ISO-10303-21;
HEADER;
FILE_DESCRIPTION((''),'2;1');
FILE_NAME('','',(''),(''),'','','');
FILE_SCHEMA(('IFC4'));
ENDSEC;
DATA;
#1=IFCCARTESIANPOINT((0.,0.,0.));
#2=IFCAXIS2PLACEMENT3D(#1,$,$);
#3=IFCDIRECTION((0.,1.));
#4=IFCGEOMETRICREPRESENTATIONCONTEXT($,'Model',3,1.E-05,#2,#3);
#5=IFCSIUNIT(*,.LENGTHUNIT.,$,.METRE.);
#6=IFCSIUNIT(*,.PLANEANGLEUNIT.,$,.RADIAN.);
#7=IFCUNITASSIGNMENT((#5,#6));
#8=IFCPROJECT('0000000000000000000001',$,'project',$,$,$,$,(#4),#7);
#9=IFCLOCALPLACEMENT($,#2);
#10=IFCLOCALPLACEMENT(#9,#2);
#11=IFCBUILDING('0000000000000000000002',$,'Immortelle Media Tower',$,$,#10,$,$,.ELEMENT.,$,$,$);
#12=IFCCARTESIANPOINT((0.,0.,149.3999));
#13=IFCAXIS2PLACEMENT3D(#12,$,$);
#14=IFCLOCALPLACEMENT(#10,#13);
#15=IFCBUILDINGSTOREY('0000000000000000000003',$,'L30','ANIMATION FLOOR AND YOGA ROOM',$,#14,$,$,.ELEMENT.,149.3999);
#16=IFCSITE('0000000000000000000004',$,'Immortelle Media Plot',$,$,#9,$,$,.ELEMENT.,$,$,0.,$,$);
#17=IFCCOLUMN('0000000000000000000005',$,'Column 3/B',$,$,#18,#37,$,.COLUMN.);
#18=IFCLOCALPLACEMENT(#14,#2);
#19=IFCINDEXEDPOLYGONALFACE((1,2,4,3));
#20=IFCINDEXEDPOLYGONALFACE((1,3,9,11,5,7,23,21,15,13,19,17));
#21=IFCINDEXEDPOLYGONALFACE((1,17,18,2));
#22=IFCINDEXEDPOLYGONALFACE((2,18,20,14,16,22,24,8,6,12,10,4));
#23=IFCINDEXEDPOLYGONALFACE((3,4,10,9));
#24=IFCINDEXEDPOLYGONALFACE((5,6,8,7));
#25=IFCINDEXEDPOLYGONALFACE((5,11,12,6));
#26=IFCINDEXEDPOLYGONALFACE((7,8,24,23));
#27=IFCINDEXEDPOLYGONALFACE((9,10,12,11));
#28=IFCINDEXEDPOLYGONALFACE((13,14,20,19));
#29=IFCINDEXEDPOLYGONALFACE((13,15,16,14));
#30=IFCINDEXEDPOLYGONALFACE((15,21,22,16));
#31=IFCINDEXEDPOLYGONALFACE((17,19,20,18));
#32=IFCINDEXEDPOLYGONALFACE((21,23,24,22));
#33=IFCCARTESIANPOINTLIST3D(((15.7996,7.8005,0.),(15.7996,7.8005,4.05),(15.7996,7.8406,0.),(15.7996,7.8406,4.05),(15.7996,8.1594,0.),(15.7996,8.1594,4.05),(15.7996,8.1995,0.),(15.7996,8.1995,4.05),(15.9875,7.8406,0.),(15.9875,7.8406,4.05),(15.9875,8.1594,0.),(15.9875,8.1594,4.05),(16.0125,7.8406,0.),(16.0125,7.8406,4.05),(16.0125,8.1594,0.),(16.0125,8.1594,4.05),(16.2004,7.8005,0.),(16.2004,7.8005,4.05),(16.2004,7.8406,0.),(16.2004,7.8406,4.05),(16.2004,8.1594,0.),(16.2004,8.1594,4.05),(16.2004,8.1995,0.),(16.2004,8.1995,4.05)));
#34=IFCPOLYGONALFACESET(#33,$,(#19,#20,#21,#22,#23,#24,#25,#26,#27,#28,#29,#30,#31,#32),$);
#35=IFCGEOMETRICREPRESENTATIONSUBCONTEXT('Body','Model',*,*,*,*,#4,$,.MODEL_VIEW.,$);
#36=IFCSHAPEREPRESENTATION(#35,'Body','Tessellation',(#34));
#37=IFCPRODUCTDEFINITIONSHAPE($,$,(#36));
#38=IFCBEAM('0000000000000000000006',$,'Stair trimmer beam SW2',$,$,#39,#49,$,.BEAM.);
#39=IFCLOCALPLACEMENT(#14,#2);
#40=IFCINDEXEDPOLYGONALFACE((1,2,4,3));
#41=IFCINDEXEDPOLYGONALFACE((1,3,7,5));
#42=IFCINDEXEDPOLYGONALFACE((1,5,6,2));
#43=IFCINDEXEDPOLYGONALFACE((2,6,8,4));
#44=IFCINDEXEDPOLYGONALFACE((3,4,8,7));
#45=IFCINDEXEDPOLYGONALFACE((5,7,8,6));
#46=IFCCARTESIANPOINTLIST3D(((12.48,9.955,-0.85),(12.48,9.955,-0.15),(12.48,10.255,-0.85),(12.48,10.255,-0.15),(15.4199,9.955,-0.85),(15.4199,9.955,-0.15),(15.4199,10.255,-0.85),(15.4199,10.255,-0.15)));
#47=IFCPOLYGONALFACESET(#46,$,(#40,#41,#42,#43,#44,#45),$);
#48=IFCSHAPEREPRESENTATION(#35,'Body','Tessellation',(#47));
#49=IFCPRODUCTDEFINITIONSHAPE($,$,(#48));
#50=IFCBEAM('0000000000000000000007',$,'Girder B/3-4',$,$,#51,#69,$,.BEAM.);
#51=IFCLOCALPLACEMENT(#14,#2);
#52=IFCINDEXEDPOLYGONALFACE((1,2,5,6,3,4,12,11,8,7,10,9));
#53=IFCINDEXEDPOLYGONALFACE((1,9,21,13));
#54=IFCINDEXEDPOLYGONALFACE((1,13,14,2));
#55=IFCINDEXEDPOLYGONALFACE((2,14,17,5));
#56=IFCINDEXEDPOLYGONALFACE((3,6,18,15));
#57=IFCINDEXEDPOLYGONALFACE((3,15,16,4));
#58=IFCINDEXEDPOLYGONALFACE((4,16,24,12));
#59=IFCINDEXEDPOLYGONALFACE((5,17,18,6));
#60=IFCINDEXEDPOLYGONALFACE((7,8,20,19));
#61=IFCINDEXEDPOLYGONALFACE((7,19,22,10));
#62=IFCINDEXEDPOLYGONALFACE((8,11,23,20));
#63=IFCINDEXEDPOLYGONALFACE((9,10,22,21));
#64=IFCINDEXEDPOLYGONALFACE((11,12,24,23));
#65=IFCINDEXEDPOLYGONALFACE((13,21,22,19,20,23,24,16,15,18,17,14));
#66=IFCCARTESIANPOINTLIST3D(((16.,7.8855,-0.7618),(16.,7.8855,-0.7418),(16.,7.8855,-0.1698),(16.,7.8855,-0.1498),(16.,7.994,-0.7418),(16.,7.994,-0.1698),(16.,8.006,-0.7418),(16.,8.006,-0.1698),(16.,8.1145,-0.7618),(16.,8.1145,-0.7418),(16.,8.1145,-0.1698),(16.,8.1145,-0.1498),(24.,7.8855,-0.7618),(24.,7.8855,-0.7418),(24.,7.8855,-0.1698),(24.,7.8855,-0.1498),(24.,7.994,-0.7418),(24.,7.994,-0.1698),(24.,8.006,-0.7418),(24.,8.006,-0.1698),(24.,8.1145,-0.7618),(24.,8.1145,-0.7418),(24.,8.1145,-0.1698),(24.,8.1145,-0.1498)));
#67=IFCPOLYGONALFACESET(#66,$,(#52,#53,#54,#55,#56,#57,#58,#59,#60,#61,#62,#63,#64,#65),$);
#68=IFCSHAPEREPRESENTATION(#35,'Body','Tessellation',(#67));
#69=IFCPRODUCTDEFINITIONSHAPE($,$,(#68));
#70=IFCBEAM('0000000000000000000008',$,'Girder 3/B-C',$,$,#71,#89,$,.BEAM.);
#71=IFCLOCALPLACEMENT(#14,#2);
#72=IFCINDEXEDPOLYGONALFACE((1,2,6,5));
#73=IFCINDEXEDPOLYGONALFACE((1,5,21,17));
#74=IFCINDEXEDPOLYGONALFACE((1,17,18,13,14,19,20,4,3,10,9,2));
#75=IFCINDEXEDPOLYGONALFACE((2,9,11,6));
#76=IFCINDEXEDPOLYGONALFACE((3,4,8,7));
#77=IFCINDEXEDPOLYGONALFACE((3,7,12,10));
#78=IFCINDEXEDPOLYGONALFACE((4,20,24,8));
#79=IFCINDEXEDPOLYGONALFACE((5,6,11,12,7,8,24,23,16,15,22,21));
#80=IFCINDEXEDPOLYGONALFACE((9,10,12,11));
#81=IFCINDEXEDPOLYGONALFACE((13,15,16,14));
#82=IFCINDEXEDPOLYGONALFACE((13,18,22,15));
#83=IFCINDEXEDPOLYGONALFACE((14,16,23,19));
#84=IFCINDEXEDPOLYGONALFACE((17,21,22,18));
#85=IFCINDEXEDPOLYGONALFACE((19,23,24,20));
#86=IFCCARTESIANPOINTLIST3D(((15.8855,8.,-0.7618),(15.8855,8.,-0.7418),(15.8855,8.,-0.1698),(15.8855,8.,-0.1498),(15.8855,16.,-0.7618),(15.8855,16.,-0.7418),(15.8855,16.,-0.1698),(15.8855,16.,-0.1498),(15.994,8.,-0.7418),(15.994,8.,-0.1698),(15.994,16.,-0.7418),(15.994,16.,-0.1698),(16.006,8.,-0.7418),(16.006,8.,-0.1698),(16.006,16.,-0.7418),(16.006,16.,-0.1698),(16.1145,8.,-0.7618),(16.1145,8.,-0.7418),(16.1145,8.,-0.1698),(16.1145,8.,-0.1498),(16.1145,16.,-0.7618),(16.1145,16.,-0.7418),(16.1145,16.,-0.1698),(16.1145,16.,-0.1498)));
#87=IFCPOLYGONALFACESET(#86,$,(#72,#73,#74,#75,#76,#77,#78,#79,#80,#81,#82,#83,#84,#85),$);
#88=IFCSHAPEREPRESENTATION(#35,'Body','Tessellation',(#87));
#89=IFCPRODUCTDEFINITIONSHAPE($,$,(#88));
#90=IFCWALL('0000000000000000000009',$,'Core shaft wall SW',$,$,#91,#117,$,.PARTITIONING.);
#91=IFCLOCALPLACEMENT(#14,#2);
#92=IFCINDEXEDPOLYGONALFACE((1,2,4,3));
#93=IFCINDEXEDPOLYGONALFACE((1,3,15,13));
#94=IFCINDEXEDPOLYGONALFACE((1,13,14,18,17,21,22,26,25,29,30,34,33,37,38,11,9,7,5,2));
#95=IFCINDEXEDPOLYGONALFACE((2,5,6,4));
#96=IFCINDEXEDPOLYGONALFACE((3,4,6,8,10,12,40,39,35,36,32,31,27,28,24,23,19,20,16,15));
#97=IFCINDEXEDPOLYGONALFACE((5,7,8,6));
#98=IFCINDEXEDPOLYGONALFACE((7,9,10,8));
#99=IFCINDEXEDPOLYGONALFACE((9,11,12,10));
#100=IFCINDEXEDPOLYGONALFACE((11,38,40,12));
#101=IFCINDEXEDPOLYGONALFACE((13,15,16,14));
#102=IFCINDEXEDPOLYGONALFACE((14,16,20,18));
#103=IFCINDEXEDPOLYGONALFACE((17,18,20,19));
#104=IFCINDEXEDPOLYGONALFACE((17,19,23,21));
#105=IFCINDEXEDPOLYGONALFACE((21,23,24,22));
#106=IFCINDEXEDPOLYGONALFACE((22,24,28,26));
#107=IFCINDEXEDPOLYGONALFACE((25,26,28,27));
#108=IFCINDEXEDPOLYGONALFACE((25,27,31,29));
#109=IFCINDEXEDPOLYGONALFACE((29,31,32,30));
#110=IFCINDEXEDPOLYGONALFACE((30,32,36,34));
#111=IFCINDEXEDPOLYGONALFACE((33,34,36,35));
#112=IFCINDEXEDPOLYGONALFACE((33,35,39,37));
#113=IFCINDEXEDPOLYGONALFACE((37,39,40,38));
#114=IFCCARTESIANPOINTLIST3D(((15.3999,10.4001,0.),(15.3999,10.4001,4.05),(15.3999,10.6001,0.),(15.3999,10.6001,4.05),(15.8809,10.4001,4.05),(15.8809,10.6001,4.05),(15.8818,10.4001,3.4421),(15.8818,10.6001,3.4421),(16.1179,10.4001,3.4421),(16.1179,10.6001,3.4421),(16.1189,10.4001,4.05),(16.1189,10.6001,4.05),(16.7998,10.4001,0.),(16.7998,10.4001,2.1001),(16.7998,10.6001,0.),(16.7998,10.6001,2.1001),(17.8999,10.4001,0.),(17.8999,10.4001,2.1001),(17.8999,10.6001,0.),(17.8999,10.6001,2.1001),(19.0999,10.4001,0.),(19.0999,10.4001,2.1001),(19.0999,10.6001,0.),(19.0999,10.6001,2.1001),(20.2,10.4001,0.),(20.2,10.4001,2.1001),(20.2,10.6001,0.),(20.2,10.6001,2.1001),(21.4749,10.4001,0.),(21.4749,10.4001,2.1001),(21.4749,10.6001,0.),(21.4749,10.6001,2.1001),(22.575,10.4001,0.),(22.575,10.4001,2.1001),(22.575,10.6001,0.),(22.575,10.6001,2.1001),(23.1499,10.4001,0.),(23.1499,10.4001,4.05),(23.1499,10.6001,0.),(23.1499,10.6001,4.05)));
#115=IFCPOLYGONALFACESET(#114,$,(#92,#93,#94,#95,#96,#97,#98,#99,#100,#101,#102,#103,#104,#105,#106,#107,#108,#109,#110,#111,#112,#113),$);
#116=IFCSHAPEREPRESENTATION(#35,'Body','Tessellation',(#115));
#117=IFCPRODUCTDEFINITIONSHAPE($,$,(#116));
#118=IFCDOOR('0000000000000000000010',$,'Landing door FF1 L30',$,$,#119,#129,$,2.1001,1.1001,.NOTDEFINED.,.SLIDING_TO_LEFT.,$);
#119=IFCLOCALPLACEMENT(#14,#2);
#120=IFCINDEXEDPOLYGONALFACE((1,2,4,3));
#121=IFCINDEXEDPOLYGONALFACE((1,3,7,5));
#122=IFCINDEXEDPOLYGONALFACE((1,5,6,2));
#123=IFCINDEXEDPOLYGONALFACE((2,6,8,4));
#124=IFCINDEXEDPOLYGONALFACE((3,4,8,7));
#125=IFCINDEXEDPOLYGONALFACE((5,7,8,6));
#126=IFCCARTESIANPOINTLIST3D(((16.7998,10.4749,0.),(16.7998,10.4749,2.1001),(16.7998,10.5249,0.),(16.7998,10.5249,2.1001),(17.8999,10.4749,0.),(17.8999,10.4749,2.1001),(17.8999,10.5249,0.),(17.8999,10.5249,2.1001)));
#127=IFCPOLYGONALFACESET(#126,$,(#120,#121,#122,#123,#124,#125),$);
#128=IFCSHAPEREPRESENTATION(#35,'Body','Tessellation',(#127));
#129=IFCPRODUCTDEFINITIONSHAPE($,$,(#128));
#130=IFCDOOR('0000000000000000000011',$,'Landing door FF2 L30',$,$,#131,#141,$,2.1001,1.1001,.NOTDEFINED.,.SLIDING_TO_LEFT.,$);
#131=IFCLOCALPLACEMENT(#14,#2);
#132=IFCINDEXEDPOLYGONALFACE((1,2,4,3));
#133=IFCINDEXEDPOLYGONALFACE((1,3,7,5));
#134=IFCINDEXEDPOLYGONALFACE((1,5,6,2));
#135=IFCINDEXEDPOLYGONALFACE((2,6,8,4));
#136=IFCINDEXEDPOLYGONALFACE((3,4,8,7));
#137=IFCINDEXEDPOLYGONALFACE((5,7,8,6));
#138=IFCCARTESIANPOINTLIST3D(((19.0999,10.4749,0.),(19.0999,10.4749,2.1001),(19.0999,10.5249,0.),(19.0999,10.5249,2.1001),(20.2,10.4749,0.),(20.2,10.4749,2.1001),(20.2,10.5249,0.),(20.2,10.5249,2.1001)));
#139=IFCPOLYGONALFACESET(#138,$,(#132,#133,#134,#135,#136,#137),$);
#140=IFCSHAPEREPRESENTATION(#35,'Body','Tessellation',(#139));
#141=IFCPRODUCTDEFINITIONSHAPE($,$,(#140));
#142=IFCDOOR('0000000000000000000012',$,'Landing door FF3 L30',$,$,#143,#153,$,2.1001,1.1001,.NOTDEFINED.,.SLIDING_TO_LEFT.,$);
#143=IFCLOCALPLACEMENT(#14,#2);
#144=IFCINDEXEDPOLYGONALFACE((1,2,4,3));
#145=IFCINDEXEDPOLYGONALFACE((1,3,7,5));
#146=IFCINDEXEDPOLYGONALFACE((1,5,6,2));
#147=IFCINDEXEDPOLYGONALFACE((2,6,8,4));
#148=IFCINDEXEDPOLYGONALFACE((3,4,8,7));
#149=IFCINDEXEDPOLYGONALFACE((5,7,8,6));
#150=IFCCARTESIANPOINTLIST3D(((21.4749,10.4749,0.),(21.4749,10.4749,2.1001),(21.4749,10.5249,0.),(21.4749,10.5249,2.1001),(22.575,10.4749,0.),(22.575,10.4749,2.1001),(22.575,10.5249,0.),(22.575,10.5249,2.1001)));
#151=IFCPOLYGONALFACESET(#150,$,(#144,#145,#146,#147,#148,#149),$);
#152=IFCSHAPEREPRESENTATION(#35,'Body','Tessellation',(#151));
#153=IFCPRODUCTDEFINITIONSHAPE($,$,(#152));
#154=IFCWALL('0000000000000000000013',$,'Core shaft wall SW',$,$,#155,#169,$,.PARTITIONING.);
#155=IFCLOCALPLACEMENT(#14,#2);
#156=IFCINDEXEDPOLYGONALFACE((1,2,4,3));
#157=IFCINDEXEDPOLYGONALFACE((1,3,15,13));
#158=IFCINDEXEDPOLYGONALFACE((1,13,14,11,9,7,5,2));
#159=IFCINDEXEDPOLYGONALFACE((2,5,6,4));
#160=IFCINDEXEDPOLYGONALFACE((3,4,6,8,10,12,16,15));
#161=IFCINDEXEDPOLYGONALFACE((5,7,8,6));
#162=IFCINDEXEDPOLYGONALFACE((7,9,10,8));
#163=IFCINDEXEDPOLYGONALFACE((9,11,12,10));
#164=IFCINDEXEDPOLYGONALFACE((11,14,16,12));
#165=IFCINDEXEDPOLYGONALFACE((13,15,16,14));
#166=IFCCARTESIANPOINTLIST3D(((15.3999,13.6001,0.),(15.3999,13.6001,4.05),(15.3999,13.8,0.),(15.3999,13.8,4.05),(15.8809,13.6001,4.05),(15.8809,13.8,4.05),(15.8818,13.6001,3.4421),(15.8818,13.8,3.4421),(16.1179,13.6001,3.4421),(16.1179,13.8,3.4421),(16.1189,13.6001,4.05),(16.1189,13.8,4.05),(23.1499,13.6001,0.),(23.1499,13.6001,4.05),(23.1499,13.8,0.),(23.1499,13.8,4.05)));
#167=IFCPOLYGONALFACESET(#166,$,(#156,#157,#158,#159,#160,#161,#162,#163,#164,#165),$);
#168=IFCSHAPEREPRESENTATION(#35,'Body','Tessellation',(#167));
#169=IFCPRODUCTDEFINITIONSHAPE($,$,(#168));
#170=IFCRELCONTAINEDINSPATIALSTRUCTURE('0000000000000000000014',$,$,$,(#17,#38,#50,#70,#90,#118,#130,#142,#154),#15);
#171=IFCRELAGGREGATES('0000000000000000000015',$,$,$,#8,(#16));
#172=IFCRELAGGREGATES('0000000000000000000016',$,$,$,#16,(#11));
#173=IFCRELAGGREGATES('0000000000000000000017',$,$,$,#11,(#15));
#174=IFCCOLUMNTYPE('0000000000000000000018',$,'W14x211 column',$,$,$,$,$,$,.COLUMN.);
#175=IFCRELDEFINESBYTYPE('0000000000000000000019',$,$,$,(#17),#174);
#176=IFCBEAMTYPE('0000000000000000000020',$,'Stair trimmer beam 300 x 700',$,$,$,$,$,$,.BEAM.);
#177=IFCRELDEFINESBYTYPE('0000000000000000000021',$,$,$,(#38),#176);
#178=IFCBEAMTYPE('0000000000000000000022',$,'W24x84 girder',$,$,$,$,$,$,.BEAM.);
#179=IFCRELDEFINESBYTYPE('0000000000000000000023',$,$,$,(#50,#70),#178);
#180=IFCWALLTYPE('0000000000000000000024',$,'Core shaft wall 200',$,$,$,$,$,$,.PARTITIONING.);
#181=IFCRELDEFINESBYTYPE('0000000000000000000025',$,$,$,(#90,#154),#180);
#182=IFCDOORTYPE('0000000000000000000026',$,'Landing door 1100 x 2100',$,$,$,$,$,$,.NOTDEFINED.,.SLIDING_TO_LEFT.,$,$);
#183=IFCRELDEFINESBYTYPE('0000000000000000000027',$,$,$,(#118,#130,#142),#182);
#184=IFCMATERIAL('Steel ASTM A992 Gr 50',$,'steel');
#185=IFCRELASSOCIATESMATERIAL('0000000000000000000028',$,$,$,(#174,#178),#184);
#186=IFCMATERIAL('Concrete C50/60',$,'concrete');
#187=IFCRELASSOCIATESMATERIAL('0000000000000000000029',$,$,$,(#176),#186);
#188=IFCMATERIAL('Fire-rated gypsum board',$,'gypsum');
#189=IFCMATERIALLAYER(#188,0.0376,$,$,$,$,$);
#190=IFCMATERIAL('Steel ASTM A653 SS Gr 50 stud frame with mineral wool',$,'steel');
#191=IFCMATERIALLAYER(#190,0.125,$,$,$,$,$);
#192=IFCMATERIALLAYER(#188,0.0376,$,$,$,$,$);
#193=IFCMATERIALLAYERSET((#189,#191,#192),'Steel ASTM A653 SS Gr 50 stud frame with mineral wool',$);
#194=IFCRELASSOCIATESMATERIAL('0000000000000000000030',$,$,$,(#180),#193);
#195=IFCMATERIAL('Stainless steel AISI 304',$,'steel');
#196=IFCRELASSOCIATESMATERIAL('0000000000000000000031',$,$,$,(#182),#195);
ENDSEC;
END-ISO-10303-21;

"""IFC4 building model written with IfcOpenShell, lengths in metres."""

from ifc_helpers import new_model, si_unit, direction, frame, frame_2d, origin, origin_2d, place, context, subcontext, project, spatial, polyline, rectangle, i_section, outline, extrude, material, layer, layer_set, material_profile, profile_set, type_object, element, fill, save


model = new_model("IFC4")

# Units and contexts
model_context = context("Model", 3, precision=1e-05, world=origin(), true_north=direction((0.0, 1.0)))
body_context = subcontext(model_context, "Body", "Model", "MODEL_VIEW")
ifc_project = project(units=[si_unit("LENGTHUNIT", "METRE"), si_unit("PLANEANGLEUNIT", "RADIAN")], contexts=[model_context])

# Site, building, storey
site_placement = place(None, origin())
site = spatial("IfcSite", under=ifc_project, at=site_placement, Name="Immortelle Media Plot", CompositionType="ELEMENT", RefElevation=0.0)
building_placement = place(site_placement, origin())
building = spatial("IfcBuilding", under=site, at=building_placement, Name="Immortelle Media Tower", CompositionType="ELEMENT")
storey_placement = place(building_placement, frame((0.0, 0.0, 149.3999)))
storey = spatial("IfcBuildingStorey", under=building, at=storey_placement, Name="L30", Description="ANIMATION FLOOR AND YOGA ROOM", CompositionType="ELEMENT", Elevation=149.3999)

# Column
ifc_material_1 = material(Name="Steel ASTM A992 Gr 50", Category="steel")
ifc_material_profile_1 = material_profile(ifc_material_1, i_section(OverallWidth=0.4009, OverallDepth=0.3989, WebThickness=0.0249, FlangeThickness=0.04, at=origin_2d()), Name="W14x211")
ifc_profile_set_1 = profile_set([ifc_material_profile_1], Name="Steel ASTM A992 Gr 50")
column_type = type_object("IfcColumnType", Name="W14x211 column", PredefinedType="COLUMN", material=ifc_profile_set_1)
column_placement = place(storey_placement, frame((16.0, 8.0, 0.0), z_axis=(0.0, 0.0, 1.0), x_axis=(1.0, 0.0, 0.0)))
element("IfcColumn", 1, at=column_placement, inside=storey, type_object=column_type, Name="Column 3/B", PredefinedType="COLUMN", context=body_context, shape_type="SweptSolid", body=[
    extrude(i_section(OverallWidth=0.4009, OverallDepth=0.3989, WebThickness=0.0249, FlangeThickness=0.04, at=origin_2d()), origin(), (0.0, 0.0, 1.0), 4.05),
])

# Beams
ifc_material_2 = material(Name="Concrete C50/60", Category="concrete")
ifc_material_profile_2 = material_profile(ifc_material_2, rectangle(XDim=0.3, YDim=0.7, at=origin_2d()), Name="RC 300x700")
ifc_profile_set_2 = profile_set([ifc_material_profile_2], Name="Concrete C50/60")
beam_type_1 = type_object("IfcBeamType", Name="Stair trimmer beam 300 x 700", PredefinedType="BEAM", material=ifc_profile_set_2)
beam_placement = place(storey_placement, frame((12.48, 10.105, -0.5), z_axis=(1.0, 0.0, 0.0), x_axis=(0.0, 1.0, 0.0)))
element("IfcBeam", 2, at=beam_placement, inside=storey, type_object=beam_type_1, Name="Stair trimmer beam SW2", PredefinedType="BEAM", context=body_context, shape_type="SweptSolid", body=[
    extrude(rectangle(XDim=0.3, YDim=0.7, at=origin_2d()), origin(), (0.0, 0.0, 1.0), 2.9399),
])
ifc_material_profile_3 = material_profile(ifc_material_1, i_section(OverallWidth=0.229, OverallDepth=0.6121, WebThickness=0.012, FlangeThickness=0.02, at=origin_2d()), Name="W24x84")
ifc_profile_set_3 = profile_set([ifc_material_profile_3], Name="Steel ASTM A992 Gr 50")
beam_type_2 = type_object("IfcBeamType", Name="W24x84 girder", PredefinedType="BEAM", material=ifc_profile_set_3)
for number, where, z_axis, x_axis, name in (
    (3, (16.0, 8.0, -0.4558), (1.0, 0.0, 0.0), (0.0, 1.0, 0.0), "Girder B/3-4"),
    (4, (16.0, 8.0, -0.4558), (0.0, 1.0, 0.0), (-1.0, 0.0, 0.0), "Girder 3/B-C"),
):
    element("IfcBeam", number, at=place(storey_placement, frame(where, z_axis=z_axis, x_axis=x_axis)), inside=storey, type_object=beam_type_2, Name=name, PredefinedType="BEAM", context=body_context, shape_type="SweptSolid", body=[
        extrude(i_section(OverallWidth=0.229, OverallDepth=0.6121, WebThickness=0.012, FlangeThickness=0.02, at=origin_2d()), origin(), (0.0, 0.0, 1.0), 8.0),
    ])

# Wall, openings, doors
ifc_material_3 = material(Name="Fire-rated gypsum board", Category="gypsum")
ifc_layer_1 = layer(ifc_material_3, 0.0376)
ifc_material_4 = material(Name="Steel ASTM A653 SS Gr 50 stud frame with mineral wool", Category="steel")
ifc_layer_2 = layer(ifc_material_4, 0.125)
ifc_layer_3 = layer(ifc_material_3, 0.0376)
ifc_layer_set_1 = layer_set([ifc_layer_1, ifc_layer_2, ifc_layer_3], Name="Steel ASTM A653 SS Gr 50 stud frame with mineral wool")
wall_type_1 = type_object("IfcWallType", Name="Core shaft wall 200", PredefinedType="PARTITIONING", material=ifc_layer_set_1)
wall_1_placement = place(storey_placement, frame((15.3999, 10.5, 0.0), z_axis=(0.0, 0.0, 1.0), x_axis=(1.0, 0.0, 0.0)))
wall_1 = element("IfcWall", 5, at=wall_1_placement, inside=storey, type_object=wall_type_1, Name="Core shaft wall SW", PredefinedType="PARTITIONING", context=body_context, shape_type="SweptSolid", body=[
    extrude(outline(polyline([(0.0, 0.0), (7.75, 0.0), (7.75, 4.05), (0.719, 4.05), (0.718, 3.4421), (0.4819, 3.4421), (0.481, 4.05), (0.0, 4.05), (0.0, 0.0)])), frame((0.0, 0.1001, 0.0), z_axis=(0.0, -1.0, 0.0), x_axis=(1.0, 0.0, 0.0)), (0.0, 0.0, 1.0), 0.2),
])
opening_1_placement = place(wall_1_placement, frame((1.3999, 0.0, 0.0)))
opening_1 = element("IfcOpeningElement", 6, at=opening_1_placement, cuts=wall_1, PredefinedType="OPENING", context=body_context, shape_type="SweptSolid", body=[
    extrude(rectangle(XDim=1.1001, YDim=2.1001, at=frame_2d((0.55, 1.05))), frame((0.0, 0.1099, 0.0), z_axis=(0.0, -1.0, 0.0), x_axis=(1.0, 0.0, 0.0)), (0.0, 0.0, 1.0), 0.22),
])
opening_2_placement = place(wall_1_placement, frame((3.7, 0.0, 0.0)))
opening_2 = element("IfcOpeningElement", 7, at=opening_2_placement, cuts=wall_1, PredefinedType="OPENING", context=body_context, shape_type="SweptSolid", body=[
    extrude(rectangle(XDim=1.1001, YDim=2.1001, at=frame_2d((0.55, 1.05))), frame((0.0, 0.1099, 0.0), z_axis=(0.0, -1.0, 0.0), x_axis=(1.0, 0.0, 0.0)), (0.0, 0.0, 1.0), 0.22),
])
opening_3_placement = place(wall_1_placement, frame((6.075, 0.0, 0.0)))
opening_3 = element("IfcOpeningElement", 8, at=opening_3_placement, cuts=wall_1, PredefinedType="OPENING", context=body_context, shape_type="SweptSolid", body=[
    extrude(rectangle(XDim=1.1001, YDim=2.1001, at=frame_2d((0.55, 1.05))), frame((0.0, 0.1099, 0.0), z_axis=(0.0, -1.0, 0.0), x_axis=(1.0, 0.0, 0.0)), (0.0, 0.0, 1.0), 0.22),
])
ifc_material_5 = material(Name="Stainless steel AISI 304", Category="steel")
door_type_1 = type_object("IfcDoorType", Name="Landing door 1100 x 2100", OperationType="SLIDING_TO_LEFT", PredefinedType="NOTDEFINED", material=ifc_material_5)
door_1_placement = place(opening_1_placement, origin())
door_1 = element("IfcDoor", 9, at=door_1_placement, inside=storey, type_object=door_type_1, Name="Landing door FF1 L30", OperationType="SLIDING_TO_LEFT", OverallHeight=2.1001, OverallWidth=1.1001, PredefinedType="NOTDEFINED", context=body_context, shape_type="SweptSolid", body=[
    extrude(rectangle(XDim=1.1001, YDim=2.1001, at=frame_2d((0.55, 1.05))), frame((0.0, 0.0249, 0.0), z_axis=(0.0, -1.0, 0.0), x_axis=(1.0, 0.0, 0.0)), (0.0, 0.0, 1.0), 0.05),
])
fill(opening_1, door_1)
door_2_placement = place(opening_2_placement, origin())
door_2 = element("IfcDoor", 10, at=door_2_placement, inside=storey, type_object=door_type_1, Name="Landing door FF2 L30", OperationType="SLIDING_TO_LEFT", OverallHeight=2.1001, OverallWidth=1.1001, PredefinedType="NOTDEFINED", context=body_context, shape_type="SweptSolid", body=[
    extrude(rectangle(XDim=1.1001, YDim=2.1001, at=frame_2d((0.55, 1.05))), frame((0.0, 0.0249, 0.0), z_axis=(0.0, -1.0, 0.0), x_axis=(1.0, 0.0, 0.0)), (0.0, 0.0, 1.0), 0.05),
])
fill(opening_2, door_2)
door_3_placement = place(opening_3_placement, origin())
door_3 = element("IfcDoor", 11, at=door_3_placement, inside=storey, type_object=door_type_1, Name="Landing door FF3 L30", OperationType="SLIDING_TO_LEFT", OverallHeight=2.1001, OverallWidth=1.1001, PredefinedType="NOTDEFINED", context=body_context, shape_type="SweptSolid", body=[
    extrude(rectangle(XDim=1.1001, YDim=2.1001, at=frame_2d((0.55, 1.05))), frame((0.0, 0.0249, 0.0), z_axis=(0.0, -1.0, 0.0), x_axis=(1.0, 0.0, 0.0)), (0.0, 0.0, 1.0), 0.05),
])
fill(opening_3, door_3)

# Wall
wall_2_placement = place(storey_placement, frame((15.3999, 13.7, 0.0), z_axis=(0.0, 0.0, 1.0), x_axis=(1.0, 0.0, 0.0)))
element("IfcWall", 12, at=wall_2_placement, inside=storey, type_object=wall_type_1, Name="Core shaft wall SW", PredefinedType="PARTITIONING", context=body_context, shape_type="SweptSolid", body=[
    extrude(outline(polyline([(0.0, 0.0), (7.75, 0.0), (7.75, 4.05), (0.719, 4.05), (0.718, 3.4421), (0.4819, 3.4421), (0.481, 4.05), (0.0, 4.05), (0.0, 0.0)])), frame((0.0, 0.1001, 0.0), z_axis=(0.0, -1.0, 0.0), x_axis=(1.0, 0.0, 0.0)), (0.0, 0.0, 1.0), 0.2),
])

save(model, "model.ifc")
